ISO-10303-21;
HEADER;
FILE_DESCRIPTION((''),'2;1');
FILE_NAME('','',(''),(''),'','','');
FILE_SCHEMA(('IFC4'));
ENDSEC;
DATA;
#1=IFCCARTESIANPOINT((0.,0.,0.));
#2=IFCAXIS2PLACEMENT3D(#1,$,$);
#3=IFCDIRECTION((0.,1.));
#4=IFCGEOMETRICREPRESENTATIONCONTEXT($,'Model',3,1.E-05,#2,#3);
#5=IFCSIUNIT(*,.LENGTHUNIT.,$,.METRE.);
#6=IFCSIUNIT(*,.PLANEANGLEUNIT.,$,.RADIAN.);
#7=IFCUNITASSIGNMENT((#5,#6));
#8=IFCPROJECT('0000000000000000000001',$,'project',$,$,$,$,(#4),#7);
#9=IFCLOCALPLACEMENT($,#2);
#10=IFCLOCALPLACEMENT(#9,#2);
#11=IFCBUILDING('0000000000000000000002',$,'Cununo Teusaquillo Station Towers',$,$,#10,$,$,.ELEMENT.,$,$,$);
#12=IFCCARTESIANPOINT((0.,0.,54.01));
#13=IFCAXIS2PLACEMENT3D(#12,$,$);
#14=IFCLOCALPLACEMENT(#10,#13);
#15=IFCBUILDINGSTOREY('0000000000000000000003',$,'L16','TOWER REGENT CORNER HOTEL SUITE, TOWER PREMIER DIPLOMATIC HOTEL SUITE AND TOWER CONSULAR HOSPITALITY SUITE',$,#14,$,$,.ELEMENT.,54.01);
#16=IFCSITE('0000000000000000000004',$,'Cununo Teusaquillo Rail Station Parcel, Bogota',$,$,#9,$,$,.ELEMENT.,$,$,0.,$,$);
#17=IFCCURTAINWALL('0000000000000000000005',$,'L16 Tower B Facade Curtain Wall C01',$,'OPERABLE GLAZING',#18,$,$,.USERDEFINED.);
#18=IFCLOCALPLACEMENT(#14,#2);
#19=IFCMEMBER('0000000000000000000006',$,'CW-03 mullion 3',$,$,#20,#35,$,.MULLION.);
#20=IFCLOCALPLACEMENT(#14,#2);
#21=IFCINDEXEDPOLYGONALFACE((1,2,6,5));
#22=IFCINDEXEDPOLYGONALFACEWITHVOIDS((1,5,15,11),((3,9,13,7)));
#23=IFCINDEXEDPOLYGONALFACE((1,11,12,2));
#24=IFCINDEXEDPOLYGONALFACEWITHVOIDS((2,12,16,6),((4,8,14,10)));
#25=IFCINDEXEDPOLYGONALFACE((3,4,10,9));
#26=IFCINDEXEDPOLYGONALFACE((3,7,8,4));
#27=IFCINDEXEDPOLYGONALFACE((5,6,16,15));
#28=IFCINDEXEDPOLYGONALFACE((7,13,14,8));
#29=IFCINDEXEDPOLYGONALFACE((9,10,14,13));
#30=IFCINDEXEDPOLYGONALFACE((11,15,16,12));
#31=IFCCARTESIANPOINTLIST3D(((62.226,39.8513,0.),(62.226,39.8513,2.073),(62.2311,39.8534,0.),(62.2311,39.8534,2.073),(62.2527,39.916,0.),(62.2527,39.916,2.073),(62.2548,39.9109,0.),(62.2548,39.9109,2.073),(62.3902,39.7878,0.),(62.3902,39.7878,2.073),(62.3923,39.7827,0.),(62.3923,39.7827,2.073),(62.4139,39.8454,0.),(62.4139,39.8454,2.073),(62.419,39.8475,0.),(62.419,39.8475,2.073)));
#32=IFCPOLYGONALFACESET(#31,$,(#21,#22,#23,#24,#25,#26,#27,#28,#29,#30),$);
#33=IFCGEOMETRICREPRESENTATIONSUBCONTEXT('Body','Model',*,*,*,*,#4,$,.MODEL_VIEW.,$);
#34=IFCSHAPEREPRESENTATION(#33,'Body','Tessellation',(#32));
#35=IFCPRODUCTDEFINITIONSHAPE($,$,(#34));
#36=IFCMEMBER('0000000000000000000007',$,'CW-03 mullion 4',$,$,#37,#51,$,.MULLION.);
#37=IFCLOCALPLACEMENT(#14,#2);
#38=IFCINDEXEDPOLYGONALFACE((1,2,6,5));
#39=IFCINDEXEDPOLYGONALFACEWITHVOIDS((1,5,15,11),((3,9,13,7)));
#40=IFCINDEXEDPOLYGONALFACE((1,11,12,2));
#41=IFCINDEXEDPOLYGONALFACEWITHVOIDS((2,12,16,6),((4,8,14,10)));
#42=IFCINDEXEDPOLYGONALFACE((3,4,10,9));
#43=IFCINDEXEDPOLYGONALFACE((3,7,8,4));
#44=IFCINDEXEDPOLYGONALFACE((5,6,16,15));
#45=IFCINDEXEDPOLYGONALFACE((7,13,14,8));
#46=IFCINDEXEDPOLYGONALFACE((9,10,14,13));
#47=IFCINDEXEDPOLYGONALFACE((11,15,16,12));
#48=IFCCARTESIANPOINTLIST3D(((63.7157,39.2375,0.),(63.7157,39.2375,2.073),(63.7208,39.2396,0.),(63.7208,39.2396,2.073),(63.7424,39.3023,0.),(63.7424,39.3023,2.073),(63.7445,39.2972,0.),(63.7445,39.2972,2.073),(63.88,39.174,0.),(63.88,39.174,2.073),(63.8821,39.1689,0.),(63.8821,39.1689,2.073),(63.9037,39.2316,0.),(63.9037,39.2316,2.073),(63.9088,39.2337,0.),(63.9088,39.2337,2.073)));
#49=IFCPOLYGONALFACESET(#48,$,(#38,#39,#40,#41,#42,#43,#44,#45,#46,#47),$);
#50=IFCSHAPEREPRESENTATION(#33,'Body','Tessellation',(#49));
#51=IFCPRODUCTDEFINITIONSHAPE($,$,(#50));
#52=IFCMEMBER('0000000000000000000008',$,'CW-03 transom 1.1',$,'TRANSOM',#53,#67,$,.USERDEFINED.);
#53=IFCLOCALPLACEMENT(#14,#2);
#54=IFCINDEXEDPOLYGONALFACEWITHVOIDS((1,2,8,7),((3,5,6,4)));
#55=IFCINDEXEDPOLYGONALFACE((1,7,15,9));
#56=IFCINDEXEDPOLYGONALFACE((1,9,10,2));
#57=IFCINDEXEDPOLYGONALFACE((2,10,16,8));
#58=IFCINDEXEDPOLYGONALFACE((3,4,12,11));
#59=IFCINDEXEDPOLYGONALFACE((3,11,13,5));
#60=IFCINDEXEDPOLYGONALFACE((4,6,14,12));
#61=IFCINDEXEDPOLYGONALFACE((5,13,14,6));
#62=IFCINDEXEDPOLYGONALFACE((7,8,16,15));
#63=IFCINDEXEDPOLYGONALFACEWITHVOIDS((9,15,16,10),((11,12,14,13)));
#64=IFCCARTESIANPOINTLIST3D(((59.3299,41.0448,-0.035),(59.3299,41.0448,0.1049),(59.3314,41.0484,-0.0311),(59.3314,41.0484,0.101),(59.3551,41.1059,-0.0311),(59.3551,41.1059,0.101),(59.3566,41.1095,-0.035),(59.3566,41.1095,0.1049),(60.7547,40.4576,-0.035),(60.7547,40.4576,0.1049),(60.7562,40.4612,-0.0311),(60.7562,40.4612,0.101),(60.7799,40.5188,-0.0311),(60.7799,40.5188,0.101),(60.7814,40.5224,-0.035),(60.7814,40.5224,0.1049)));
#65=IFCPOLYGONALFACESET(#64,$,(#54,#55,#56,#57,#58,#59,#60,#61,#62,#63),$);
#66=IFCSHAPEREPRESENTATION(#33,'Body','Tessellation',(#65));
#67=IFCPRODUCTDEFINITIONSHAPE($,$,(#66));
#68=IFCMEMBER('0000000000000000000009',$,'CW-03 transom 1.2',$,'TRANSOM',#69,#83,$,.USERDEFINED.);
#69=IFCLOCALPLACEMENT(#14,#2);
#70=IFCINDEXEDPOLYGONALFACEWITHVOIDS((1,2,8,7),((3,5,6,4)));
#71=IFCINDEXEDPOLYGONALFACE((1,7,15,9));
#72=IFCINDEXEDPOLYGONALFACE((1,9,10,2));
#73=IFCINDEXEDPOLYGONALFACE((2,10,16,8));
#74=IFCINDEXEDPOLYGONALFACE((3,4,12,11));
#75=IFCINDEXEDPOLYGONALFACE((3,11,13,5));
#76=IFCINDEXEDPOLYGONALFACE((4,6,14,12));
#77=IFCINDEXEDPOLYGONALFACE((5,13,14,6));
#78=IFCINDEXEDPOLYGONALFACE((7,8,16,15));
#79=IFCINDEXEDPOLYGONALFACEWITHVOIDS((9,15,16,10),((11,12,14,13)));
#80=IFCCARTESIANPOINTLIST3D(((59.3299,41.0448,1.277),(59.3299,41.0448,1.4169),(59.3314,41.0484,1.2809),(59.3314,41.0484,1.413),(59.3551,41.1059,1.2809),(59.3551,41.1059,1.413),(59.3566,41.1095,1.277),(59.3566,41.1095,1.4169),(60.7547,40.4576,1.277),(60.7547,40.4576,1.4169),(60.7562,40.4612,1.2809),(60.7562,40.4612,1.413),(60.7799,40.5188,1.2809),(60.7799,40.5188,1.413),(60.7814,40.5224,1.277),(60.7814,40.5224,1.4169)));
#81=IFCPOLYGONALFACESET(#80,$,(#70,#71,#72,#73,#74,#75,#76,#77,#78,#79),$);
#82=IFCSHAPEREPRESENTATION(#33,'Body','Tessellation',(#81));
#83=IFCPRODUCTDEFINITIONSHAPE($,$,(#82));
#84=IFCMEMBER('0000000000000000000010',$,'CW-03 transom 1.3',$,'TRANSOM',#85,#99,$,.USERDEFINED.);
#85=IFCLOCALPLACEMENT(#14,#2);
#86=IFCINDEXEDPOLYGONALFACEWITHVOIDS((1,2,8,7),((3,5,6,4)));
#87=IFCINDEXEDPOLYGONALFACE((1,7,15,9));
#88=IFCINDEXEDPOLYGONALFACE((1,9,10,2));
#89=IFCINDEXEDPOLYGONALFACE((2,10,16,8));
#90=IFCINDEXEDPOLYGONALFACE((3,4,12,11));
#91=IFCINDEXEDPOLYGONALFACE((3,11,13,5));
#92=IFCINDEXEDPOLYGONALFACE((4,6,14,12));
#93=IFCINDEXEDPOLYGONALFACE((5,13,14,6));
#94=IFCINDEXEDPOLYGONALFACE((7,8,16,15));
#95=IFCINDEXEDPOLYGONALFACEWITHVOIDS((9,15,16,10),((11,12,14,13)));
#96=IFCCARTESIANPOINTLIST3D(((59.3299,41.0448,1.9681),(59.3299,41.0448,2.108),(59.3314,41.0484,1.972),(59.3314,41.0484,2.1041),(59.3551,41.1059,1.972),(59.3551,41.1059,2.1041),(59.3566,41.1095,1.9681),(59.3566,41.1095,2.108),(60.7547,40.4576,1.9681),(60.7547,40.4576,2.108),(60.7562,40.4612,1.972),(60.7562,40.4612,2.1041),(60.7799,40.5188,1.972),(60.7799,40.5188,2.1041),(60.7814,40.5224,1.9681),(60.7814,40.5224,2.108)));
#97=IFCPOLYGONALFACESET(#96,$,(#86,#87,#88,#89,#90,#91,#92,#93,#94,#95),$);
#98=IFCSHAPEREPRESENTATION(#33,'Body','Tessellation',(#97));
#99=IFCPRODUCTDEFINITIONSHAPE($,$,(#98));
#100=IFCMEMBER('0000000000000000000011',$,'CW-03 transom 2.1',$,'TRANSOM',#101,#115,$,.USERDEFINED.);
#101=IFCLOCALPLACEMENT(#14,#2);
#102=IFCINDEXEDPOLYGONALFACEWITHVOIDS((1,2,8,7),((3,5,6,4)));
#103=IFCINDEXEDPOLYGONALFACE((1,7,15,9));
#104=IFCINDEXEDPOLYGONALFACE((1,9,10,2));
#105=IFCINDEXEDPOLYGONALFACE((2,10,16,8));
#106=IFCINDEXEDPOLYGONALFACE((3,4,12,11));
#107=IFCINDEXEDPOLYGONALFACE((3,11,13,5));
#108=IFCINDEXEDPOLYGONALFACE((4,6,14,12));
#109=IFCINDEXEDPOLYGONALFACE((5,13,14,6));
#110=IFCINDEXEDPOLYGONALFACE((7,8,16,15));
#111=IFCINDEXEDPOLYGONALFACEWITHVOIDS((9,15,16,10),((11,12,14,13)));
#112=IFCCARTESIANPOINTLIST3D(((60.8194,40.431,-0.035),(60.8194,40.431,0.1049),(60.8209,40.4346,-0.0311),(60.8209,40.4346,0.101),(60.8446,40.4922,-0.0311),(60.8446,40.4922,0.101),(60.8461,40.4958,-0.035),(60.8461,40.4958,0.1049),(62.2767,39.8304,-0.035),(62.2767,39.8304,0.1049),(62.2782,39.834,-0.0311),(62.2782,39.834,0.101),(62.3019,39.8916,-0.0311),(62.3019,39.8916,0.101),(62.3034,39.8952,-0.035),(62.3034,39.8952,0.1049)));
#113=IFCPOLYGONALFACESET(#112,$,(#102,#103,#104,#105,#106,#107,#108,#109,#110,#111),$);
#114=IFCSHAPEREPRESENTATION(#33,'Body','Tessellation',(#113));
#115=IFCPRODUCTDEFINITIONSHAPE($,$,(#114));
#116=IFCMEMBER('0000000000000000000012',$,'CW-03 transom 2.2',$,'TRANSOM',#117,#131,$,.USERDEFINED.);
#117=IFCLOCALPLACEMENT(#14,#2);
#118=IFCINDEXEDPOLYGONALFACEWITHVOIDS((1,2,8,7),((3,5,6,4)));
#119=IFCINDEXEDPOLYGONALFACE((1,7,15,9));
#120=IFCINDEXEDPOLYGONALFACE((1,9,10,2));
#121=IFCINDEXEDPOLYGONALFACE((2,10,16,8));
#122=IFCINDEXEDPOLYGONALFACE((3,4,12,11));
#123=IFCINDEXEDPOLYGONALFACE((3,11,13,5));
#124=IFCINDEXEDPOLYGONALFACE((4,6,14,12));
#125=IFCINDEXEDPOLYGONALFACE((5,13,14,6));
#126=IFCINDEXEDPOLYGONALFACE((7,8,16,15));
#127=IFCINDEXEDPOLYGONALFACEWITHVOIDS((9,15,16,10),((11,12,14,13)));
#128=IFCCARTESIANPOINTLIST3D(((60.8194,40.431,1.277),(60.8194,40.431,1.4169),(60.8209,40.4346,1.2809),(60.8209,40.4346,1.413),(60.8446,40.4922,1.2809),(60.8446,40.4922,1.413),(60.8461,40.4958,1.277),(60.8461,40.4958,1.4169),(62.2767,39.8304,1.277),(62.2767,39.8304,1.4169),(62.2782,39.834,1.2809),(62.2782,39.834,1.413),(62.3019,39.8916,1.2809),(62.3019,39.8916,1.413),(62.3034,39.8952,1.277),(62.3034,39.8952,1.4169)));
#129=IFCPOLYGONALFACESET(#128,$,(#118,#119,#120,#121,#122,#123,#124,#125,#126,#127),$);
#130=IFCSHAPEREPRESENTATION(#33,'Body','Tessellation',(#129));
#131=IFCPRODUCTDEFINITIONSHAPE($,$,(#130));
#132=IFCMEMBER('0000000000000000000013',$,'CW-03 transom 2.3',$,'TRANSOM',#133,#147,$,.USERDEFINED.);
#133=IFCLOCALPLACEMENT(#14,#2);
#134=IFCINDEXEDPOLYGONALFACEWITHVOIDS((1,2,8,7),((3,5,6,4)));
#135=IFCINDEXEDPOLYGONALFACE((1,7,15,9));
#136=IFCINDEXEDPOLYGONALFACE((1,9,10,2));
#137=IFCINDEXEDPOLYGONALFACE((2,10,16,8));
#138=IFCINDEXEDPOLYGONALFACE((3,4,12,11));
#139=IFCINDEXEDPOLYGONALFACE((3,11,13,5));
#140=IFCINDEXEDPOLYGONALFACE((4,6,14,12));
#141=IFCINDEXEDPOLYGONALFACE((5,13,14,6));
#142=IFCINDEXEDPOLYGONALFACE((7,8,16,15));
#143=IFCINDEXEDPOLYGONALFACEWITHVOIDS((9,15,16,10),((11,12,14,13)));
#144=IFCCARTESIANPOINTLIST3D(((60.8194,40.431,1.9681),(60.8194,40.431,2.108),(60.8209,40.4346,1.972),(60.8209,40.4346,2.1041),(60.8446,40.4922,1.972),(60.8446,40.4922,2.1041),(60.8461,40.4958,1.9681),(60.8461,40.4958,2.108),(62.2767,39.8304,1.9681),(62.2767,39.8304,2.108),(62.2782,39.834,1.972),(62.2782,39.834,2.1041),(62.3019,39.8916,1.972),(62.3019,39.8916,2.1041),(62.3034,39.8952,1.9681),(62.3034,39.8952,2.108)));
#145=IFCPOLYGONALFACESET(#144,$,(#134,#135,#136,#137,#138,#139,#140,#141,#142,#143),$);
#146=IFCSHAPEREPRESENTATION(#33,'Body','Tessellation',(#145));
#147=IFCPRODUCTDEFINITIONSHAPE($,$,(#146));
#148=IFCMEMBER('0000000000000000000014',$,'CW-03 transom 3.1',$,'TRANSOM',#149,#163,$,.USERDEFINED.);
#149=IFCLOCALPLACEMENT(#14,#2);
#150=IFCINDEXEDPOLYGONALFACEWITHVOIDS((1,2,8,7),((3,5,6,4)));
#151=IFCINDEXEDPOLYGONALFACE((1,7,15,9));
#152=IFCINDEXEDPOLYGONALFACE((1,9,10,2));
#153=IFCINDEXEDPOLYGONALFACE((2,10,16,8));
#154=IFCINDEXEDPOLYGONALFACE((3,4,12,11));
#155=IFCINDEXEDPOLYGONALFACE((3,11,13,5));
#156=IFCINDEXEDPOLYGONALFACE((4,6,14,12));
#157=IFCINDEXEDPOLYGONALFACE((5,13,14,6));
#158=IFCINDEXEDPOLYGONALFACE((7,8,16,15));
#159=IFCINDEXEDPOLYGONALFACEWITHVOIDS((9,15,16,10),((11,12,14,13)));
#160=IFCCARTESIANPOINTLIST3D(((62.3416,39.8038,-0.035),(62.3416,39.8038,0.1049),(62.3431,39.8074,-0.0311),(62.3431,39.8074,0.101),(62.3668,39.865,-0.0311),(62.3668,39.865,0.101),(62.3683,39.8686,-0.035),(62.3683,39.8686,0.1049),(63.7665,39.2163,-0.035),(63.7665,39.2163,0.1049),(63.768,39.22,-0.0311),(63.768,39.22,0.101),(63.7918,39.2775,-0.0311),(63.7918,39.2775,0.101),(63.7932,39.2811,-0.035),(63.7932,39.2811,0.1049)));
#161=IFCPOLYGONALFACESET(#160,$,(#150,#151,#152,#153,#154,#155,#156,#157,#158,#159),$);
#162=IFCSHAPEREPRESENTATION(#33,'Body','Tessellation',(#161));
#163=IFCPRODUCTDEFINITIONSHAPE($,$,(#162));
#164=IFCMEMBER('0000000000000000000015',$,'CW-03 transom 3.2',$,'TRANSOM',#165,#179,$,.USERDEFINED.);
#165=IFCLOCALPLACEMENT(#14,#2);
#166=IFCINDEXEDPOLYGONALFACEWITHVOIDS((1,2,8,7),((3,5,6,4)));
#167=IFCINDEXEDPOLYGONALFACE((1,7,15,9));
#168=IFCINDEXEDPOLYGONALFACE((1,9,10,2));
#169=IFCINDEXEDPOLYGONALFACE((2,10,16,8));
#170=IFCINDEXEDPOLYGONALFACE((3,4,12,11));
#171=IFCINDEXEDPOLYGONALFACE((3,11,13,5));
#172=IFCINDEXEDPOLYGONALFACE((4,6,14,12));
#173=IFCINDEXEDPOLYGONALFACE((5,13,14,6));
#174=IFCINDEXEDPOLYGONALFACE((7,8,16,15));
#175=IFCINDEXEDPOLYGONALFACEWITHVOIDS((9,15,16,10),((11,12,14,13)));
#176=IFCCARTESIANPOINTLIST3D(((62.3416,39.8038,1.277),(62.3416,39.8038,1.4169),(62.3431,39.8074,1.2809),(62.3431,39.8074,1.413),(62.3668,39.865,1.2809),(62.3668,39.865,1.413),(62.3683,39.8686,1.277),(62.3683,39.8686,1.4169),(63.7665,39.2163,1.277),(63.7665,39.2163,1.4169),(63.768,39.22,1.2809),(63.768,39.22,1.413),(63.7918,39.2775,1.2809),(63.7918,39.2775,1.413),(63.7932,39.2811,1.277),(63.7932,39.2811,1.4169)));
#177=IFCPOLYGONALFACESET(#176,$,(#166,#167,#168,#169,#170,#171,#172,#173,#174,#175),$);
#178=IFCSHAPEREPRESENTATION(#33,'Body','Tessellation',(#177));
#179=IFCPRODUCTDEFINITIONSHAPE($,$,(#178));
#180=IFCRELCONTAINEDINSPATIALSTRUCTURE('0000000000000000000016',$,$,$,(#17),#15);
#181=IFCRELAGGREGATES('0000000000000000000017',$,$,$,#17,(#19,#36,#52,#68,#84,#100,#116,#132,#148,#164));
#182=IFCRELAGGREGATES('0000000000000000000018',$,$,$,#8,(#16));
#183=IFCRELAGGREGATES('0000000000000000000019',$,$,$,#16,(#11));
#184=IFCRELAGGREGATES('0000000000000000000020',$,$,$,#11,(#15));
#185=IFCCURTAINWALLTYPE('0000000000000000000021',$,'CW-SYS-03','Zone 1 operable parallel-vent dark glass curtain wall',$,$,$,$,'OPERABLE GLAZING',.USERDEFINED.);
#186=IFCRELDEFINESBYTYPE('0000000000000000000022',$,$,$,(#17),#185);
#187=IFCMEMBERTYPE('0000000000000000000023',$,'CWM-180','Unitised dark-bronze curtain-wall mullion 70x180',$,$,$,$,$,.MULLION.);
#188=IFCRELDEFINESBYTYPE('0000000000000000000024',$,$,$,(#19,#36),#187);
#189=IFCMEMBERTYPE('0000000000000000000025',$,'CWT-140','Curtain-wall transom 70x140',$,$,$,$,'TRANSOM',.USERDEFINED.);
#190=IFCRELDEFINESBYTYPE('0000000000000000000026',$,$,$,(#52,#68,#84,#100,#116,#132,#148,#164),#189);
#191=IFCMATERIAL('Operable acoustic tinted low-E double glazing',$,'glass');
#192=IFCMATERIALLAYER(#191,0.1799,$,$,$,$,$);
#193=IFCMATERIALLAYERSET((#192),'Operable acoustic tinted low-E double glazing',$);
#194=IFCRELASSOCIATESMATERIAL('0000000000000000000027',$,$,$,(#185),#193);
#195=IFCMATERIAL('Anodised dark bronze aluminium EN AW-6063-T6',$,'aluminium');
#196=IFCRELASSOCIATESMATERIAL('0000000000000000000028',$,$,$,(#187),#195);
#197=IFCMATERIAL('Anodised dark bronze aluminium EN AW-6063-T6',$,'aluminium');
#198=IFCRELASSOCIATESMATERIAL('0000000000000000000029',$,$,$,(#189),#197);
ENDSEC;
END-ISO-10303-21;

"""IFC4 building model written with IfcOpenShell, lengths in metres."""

from ifc_helpers import new_model, si_unit, direction, frame, origin, origin_2d, place, context, subcontext, project, spatial, hollow_rectangle, extrude, material, layer, layer_set, material_profile, profile_set, type_object, element, aggregate, save


model = new_model("IFC4")

# Units and contexts
model_context = context("Model", 3, precision=1e-05, world=origin(), true_north=direction((0.0, 1.0)))
body_context = subcontext(model_context, "Body", "Model", "MODEL_VIEW")
ifc_project = project(units=[si_unit("LENGTHUNIT", "METRE"), si_unit("PLANEANGLEUNIT", "RADIAN")], contexts=[model_context])

# Site, building, storey
site_placement = place(None, origin())
site = spatial("IfcSite", under=ifc_project, at=site_placement, Name="Cununo Teusaquillo Rail Station Parcel, Bogota", CompositionType="ELEMENT", RefElevation=0.0)
building_placement = place(site_placement, origin())
building = spatial("IfcBuilding", under=site, at=building_placement, Name="Cununo Teusaquillo Station Towers", CompositionType="ELEMENT")
storey_placement = place(building_placement, frame((0.0, 0.0, 54.01)))
storey = spatial("IfcBuildingStorey", under=building, at=storey_placement, Name="L16", Description="TOWER REGENT CORNER HOTEL SUITE, TOWER PREMIER DIPLOMATIC HOTEL SUITE AND TOWER CONSULAR HOSPITALITY SUITE", CompositionType="ELEMENT", Elevation=54.01)

# Curtain wall, members
ifc_material_1 = material(Name="Operable acoustic tinted low-E double glazing", Category="glass")
ifc_layer_1 = layer(ifc_material_1, 0.1799)
ifc_layer_set_1 = layer_set([ifc_layer_1], Name="Operable acoustic tinted low-E double glazing")
curtain_wall_type = type_object("IfcCurtainWallType", Name="CW-SYS-03", Description="Zone 1 operable parallel-vent dark glass curtain wall", ElementType="OPERABLE GLAZING", PredefinedType="USERDEFINED", material=ifc_layer_set_1)
curtain_wall_placement = place(storey_placement, origin())
curtain_wall = element("IfcCurtainWall", 1, at=curtain_wall_placement, inside=storey, type_object=curtain_wall_type, Name="L16 Tower B Facade Curtain Wall C01", ObjectType="OPERABLE GLAZING", PredefinedType="USERDEFINED")
ifc_material_2 = material(Name="Anodised dark bronze aluminium EN AW-6063-T6", Category="aluminium")
ifc_material_profile_1 = material_profile(ifc_material_2, hollow_rectangle(XDim=0.0701, YDim=0.1799, WallThickness=0.0039, at=origin_2d()), Name="CW-MULL-70x180")
ifc_profile_set_1 = profile_set([ifc_material_profile_1], Name="Anodised dark bronze aluminium EN AW-6063-T6")
member_type_1 = type_object("IfcMemberType", Name="CWM-180", Description="Unitised dark-bronze curtain-wall mullion 70x180", PredefinedType="MULLION", material=ifc_profile_set_1)
member_1_placement = place(storey_placement, frame((62.3225, 39.8494, 0.0), z_axis=(0.0, 0.0, 1.0), x_axis=(0.381006, 0.924572, 0.0)))
member_1 = element("IfcMember", 2, at=member_1_placement, type_object=member_type_1, Name="CW-03 mullion 3", PredefinedType="MULLION", context=body_context, shape_type="SweptSolid", body=[
    extrude(hollow_rectangle(XDim=0.0701, YDim=0.1799, WallThickness=0.0039, at=origin_2d()), origin(), (0.0, 0.0, 1.0), 2.073),
])
member_2_placement = place(storey_placement, frame((63.8123, 39.2356, 0.0), z_axis=(0.0, 0.0, 1.0), x_axis=(0.381006, 0.924572, 0.0)))
member_2 = element("IfcMember", 3, at=member_2_placement, type_object=member_type_1, Name="CW-03 mullion 4", PredefinedType="MULLION", context=body_context, shape_type="SweptSolid", body=[
    extrude(hollow_rectangle(XDim=0.0701, YDim=0.1799, WallThickness=0.0039, at=origin_2d()), origin(), (0.0, 0.0, 1.0), 2.073),
])
ifc_material_3 = material(Name="Anodised dark bronze aluminium EN AW-6063-T6", Category="aluminium")
ifc_material_profile_2 = material_profile(ifc_material_3, hollow_rectangle(XDim=0.0701, YDim=0.1399, WallThickness=0.0039, at=origin_2d()), Name="CW-TRAN-70x140")
ifc_profile_set_2 = profile_set([ifc_material_profile_2], Name="Anodised dark bronze aluminium EN AW-6063-T6")
member_type_2 = type_object("IfcMemberType", Name="CWT-140", Description="Curtain-wall transom 70x140", ElementType="TRANSOM", PredefinedType="USERDEFINED", material=ifc_profile_set_2)
member_3_placement = place(storey_placement, frame((59.3433, 41.0771, 0.0349), z_axis=(0.92457, -0.381013, 0.0), x_axis=(0.381013, 0.92457, 0.0)))
member_3 = element("IfcMember", 4, at=member_3_placement, type_object=member_type_2, Name="CW-03 transom 1.1", ObjectType="TRANSOM", PredefinedType="USERDEFINED", context=body_context, shape_type="SweptSolid", body=[
    extrude(hollow_rectangle(XDim=0.0701, YDim=0.1399, WallThickness=0.0039, at=origin_2d()), origin(), (0.0, 0.0, 1.0), 1.541),
])
member_4_placement = place(storey_placement, frame((59.3433, 41.0771, 1.3469), z_axis=(0.92457, -0.381013, 0.0), x_axis=(0.381013, 0.92457, 0.0)))
member_4 = element("IfcMember", 5, at=member_4_placement, type_object=member_type_2, Name="CW-03 transom 1.2", ObjectType="TRANSOM", PredefinedType="USERDEFINED", context=body_context, shape_type="SweptSolid", body=[
    extrude(hollow_rectangle(XDim=0.0701, YDim=0.1399, WallThickness=0.0039, at=origin_2d()), origin(), (0.0, 0.0, 1.0), 1.541),
])
member_5_placement = place(storey_placement, frame((59.3433, 41.0771, 2.0381), z_axis=(0.92457, -0.381013, 0.0), x_axis=(0.381013, 0.92457, 0.0)))
member_5 = element("IfcMember", 6, at=member_5_placement, type_object=member_type_2, Name="CW-03 transom 1.3", ObjectType="TRANSOM", PredefinedType="USERDEFINED", context=body_context, shape_type="SweptSolid", body=[
    extrude(hollow_rectangle(XDim=0.0701, YDim=0.1399, WallThickness=0.0039, at=origin_2d()), origin(), (0.0, 0.0, 1.0), 1.541),
])
member_6_placement = place(storey_placement, frame((60.8328, 40.4634, 0.0349), z_axis=(0.924559, -0.381038, 0.0), x_axis=(0.381038, 0.924559, 0.0)))
member_6 = element("IfcMember", 7, at=member_6_placement, type_object=member_type_2, Name="CW-03 transom 2.1", ObjectType="TRANSOM", PredefinedType="USERDEFINED", context=body_context, shape_type="SweptSolid", body=[
    extrude(hollow_rectangle(XDim=0.0701, YDim=0.1399, WallThickness=0.0039, at=origin_2d()), origin(), (0.0, 0.0, 1.0), 1.5762),
])
member_7_placement = place(storey_placement, frame((60.8328, 40.4634, 1.3469), z_axis=(0.924559, -0.381038, 0.0), x_axis=(0.381038, 0.924559, 0.0)))
member_7 = element("IfcMember", 8, at=member_7_placement, type_object=member_type_2, Name="CW-03 transom 2.2", ObjectType="TRANSOM", PredefinedType="USERDEFINED", context=body_context, shape_type="SweptSolid", body=[
    extrude(hollow_rectangle(XDim=0.0701, YDim=0.1399, WallThickness=0.0039, at=origin_2d()), origin(), (0.0, 0.0, 1.0), 1.5762),
])
member_8_placement = place(storey_placement, frame((60.8328, 40.4634, 2.0381), z_axis=(0.924559, -0.381038, 0.0), x_axis=(0.381038, 0.924559, 0.0)))
member_8 = element("IfcMember", 9, at=member_8_placement, type_object=member_type_2, Name="CW-03 transom 2.3", ObjectType="TRANSOM", PredefinedType="USERDEFINED", context=body_context, shape_type="SweptSolid", body=[
    extrude(hollow_rectangle(XDim=0.0701, YDim=0.1399, WallThickness=0.0039, at=origin_2d()), origin(), (0.0, 0.0, 1.0), 1.5762),
])
member_9_placement = place(storey_placement, frame((62.355, 39.8362, 0.0349), z_axis=(0.924514, -0.381148, 0.0), x_axis=(0.381148, 0.924514, 0.0)))
member_9 = element("IfcMember", 10, at=member_9_placement, type_object=member_type_2, Name="CW-03 transom 3.1", ObjectType="TRANSOM", PredefinedType="USERDEFINED", context=body_context, shape_type="SweptSolid", body=[
    extrude(hollow_rectangle(XDim=0.0701, YDim=0.1399, WallThickness=0.0039, at=origin_2d()), origin(), (0.0, 0.0, 1.0), 1.5413),
])
member_10_placement = place(storey_placement, frame((62.355, 39.8362, 1.3469), z_axis=(0.924514, -0.381148, 0.0), x_axis=(0.381148, 0.924514, 0.0)))
member_10 = element("IfcMember", 11, at=member_10_placement, type_object=member_type_2, Name="CW-03 transom 3.2", ObjectType="TRANSOM", PredefinedType="USERDEFINED", context=body_context, shape_type="SweptSolid", body=[
    extrude(hollow_rectangle(XDim=0.0701, YDim=0.1399, WallThickness=0.0039, at=origin_2d()), origin(), (0.0, 0.0, 1.0), 1.5413),
])

aggregate(curtain_wall, [member_1, member_2, member_3, member_4, member_5, member_6, member_7, member_8, member_9, member_10])

save(model, "model.ifc")
